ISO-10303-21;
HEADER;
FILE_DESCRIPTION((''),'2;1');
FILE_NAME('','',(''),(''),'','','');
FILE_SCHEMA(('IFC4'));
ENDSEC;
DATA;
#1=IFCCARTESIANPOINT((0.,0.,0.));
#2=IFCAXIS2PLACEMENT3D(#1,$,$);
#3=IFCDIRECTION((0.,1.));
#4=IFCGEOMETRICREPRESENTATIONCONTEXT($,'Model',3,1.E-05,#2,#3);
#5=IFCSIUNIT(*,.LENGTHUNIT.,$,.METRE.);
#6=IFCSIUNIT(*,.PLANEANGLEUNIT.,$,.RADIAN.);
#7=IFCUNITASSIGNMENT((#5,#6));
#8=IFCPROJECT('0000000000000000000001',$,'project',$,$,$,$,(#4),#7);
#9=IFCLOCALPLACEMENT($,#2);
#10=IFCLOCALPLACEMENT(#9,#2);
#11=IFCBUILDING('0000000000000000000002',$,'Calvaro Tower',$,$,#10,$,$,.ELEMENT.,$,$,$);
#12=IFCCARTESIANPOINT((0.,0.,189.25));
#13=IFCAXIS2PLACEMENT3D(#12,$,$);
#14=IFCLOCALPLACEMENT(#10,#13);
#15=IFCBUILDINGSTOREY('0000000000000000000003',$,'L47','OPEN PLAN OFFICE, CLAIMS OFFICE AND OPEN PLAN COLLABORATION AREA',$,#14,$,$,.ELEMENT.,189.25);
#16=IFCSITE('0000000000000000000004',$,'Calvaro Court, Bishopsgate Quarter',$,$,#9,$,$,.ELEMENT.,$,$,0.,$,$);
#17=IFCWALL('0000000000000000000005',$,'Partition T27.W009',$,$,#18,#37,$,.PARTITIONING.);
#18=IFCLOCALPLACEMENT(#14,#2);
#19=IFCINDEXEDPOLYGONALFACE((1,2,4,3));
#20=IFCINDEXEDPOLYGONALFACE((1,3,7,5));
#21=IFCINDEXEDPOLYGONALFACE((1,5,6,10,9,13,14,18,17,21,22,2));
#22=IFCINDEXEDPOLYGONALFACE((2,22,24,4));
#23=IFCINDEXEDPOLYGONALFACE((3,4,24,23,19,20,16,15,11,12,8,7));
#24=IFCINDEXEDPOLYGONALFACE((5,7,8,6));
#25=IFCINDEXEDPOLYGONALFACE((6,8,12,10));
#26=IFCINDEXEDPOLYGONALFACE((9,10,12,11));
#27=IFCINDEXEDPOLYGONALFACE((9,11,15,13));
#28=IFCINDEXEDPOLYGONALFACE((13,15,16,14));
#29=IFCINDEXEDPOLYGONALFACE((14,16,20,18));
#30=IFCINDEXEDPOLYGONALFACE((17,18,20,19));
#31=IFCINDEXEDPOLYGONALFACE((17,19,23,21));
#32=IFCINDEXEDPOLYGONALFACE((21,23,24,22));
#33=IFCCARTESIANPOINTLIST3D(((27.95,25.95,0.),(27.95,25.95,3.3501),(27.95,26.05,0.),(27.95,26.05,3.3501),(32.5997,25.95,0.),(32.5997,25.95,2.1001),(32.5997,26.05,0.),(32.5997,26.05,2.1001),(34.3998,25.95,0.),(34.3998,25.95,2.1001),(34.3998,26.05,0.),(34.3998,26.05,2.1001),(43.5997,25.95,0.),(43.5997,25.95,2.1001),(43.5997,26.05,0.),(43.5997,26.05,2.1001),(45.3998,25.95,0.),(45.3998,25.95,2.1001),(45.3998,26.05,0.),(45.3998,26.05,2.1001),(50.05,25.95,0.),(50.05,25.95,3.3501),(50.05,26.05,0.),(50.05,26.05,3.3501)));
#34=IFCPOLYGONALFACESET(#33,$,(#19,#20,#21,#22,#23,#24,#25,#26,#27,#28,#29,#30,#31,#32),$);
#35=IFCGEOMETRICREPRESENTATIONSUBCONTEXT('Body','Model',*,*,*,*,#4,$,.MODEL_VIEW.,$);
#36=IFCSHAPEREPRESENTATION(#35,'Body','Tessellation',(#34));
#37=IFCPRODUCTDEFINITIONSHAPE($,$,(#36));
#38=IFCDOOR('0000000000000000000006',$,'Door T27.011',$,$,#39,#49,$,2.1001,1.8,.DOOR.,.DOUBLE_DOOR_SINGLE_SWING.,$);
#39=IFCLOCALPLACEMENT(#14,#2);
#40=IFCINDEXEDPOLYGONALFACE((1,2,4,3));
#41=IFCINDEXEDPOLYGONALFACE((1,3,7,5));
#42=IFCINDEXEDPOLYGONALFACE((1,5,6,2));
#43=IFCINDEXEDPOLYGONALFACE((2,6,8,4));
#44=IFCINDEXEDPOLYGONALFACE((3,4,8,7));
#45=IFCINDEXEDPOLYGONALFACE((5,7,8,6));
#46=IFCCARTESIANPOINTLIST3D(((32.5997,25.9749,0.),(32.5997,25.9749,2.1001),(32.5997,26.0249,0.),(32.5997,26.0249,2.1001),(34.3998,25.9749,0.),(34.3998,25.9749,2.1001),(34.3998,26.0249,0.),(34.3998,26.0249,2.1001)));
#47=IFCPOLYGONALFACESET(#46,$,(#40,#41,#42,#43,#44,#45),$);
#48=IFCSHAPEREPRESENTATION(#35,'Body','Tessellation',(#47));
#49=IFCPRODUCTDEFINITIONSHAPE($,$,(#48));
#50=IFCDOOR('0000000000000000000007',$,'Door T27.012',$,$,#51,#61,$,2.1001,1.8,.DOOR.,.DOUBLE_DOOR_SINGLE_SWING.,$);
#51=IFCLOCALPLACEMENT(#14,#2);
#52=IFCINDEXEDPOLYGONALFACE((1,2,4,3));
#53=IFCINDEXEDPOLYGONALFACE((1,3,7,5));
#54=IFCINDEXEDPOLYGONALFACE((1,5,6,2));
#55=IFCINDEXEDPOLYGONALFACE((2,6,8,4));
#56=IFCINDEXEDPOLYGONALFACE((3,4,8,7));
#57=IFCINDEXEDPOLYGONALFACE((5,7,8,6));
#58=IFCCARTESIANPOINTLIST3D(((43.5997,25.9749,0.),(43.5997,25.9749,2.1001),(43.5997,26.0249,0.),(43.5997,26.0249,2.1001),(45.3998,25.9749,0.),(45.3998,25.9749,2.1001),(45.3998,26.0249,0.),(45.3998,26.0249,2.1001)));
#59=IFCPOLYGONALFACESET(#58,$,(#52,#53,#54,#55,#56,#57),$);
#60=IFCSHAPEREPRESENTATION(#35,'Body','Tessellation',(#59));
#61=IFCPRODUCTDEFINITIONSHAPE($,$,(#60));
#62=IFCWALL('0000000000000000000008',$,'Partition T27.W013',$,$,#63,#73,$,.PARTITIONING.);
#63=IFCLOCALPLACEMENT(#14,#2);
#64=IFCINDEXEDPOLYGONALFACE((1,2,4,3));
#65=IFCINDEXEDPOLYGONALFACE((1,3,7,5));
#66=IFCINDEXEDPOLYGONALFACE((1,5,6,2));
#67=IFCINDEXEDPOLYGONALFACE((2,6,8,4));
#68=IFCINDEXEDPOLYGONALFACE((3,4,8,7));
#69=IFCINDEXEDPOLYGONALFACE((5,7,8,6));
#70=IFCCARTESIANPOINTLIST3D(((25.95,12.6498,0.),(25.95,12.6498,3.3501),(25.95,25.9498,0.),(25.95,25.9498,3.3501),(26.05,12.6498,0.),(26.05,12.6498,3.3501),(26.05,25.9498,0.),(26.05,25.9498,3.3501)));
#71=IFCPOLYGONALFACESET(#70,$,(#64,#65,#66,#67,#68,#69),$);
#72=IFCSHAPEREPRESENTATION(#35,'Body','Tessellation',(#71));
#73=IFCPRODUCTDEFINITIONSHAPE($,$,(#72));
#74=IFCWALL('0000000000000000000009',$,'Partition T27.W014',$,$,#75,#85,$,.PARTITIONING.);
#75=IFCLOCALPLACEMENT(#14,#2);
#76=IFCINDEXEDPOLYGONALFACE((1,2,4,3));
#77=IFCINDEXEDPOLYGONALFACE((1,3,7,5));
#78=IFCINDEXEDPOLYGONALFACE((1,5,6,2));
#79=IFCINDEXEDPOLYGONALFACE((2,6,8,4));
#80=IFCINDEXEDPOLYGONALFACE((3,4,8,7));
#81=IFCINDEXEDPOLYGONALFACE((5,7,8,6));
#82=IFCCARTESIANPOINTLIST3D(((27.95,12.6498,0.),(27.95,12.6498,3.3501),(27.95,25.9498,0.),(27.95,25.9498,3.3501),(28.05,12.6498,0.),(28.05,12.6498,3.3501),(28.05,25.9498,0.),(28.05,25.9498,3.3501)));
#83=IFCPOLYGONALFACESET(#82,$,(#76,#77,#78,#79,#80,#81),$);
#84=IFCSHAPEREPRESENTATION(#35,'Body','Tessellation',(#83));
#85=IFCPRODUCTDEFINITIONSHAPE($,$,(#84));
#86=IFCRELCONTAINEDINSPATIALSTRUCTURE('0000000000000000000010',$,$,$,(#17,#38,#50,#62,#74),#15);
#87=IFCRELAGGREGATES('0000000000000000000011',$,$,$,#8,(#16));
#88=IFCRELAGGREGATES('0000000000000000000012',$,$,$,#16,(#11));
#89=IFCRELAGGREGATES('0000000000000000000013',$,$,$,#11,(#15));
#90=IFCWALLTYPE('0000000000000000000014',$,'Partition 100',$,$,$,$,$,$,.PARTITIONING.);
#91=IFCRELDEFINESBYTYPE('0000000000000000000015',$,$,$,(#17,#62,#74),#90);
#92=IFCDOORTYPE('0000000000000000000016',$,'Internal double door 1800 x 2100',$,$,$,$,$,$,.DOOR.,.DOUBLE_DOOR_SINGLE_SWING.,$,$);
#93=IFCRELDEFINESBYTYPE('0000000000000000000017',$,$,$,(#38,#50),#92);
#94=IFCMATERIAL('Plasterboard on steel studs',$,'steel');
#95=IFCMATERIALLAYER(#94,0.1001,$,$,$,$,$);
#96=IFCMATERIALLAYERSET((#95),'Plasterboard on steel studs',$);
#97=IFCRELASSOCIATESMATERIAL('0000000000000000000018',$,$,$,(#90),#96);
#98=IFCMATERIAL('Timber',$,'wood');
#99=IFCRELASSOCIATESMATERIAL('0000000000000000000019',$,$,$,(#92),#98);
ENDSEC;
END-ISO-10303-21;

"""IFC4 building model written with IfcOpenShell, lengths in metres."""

from ifc_helpers import new_model, si_unit, direction, frame, frame_2d, origin, place, context, subcontext, project, spatial, rectangle, extrude, material, layer, layer_set, type_object, element, fill, save


model = new_model("IFC4")

# Units and contexts
model_context = context("Model", 3, precision=1e-05, world=origin(), true_north=direction((0.0, 1.0)))
body_context = subcontext(model_context, "Body", "Model", "MODEL_VIEW")
ifc_project = project(units=[si_unit("LENGTHUNIT", "METRE"), si_unit("PLANEANGLEUNIT", "RADIAN")], contexts=[model_context])

# Site, building, storey
site_placement = place(None, origin())
site = spatial("IfcSite", under=ifc_project, at=site_placement, Name="Calvaro Court, Bishopsgate Quarter", CompositionType="ELEMENT", RefElevation=0.0)
building_placement = place(site_placement, origin())
building = spatial("IfcBuilding", under=site, at=building_placement, Name="Calvaro Tower", CompositionType="ELEMENT")
storey_placement = place(building_placement, frame((0.0, 0.0, 189.25)))
storey = spatial("IfcBuildingStorey", under=building, at=storey_placement, Name="L47", Description="OPEN PLAN OFFICE, CLAIMS OFFICE AND OPEN PLAN COLLABORATION AREA", CompositionType="ELEMENT", Elevation=189.25)

# Shared definitions
ifc_material_1 = material(Name="Plasterboard on steel studs", Category="steel")
ifc_layer_1 = layer(ifc_material_1, 0.1001)
ifc_layer_set_1 = layer_set([ifc_layer_1], Name="Plasterboard on steel studs")
wall_type_1 = type_object("IfcWallType", Name="Partition 100", PredefinedType="PARTITIONING", material=ifc_layer_set_1)

# Wall, openings, doors
wall_1_placement = place(storey_placement, frame((27.95, 26.0, 0.0), z_axis=(0.0, 0.0, 1.0), x_axis=(1.0, 0.0, 0.0)))
wall_1 = element("IfcWall", 1, at=wall_1_placement, inside=storey, type_object=wall_type_1, Name="Partition T27.W009", PredefinedType="PARTITIONING", context=body_context, shape_type="SweptSolid", body=[
    extrude(rectangle(XDim=22.1001, YDim=0.1001, at=frame_2d((11.05, 0.0))), origin(), (0.0, 0.0, 1.0), 3.3501),
])
opening_1_placement = place(wall_1_placement, frame((4.6499, 0.0, 0.0)))
opening_1 = element("IfcOpeningElement", 2, at=opening_1_placement, cuts=wall_1, PredefinedType="OPENING", context=body_context, shape_type="SweptSolid", body=[
    extrude(rectangle(XDim=1.8, YDim=2.1001, at=frame_2d((0.8999, 1.05))), frame((0.0, 0.0601, 0.0), z_axis=(0.0, -1.0, 0.0), x_axis=(1.0, 0.0, 0.0)), (0.0, 0.0, 1.0), 0.1201),
])
opening_2_placement = place(wall_1_placement, frame((15.6499, 0.0, 0.0)))
opening_2 = element("IfcOpeningElement", 3, at=opening_2_placement, cuts=wall_1, PredefinedType="OPENING", context=body_context, shape_type="SweptSolid", body=[
    extrude(rectangle(XDim=1.8, YDim=2.1001, at=frame_2d((0.8999, 1.05))), frame((0.0, 0.0601, 0.0), z_axis=(0.0, -1.0, 0.0), x_axis=(1.0, 0.0, 0.0)), (0.0, 0.0, 1.0), 0.1201),
])
ifc_material_2 = material(Name="Timber", Category="wood")
door_type_1 = type_object("IfcDoorType", Name="Internal double door 1800 x 2100", OperationType="DOUBLE_DOOR_SINGLE_SWING", PredefinedType="DOOR", material=ifc_material_2)
door_1_placement = place(opening_1_placement, origin())
door_1 = element("IfcDoor", 4, at=door_1_placement, inside=storey, type_object=door_type_1, Name="Door T27.011", OperationType="DOUBLE_DOOR_SINGLE_SWING", OverallHeight=2.1001, OverallWidth=1.8, PredefinedType="DOOR", context=body_context, shape_type="SweptSolid", body=[
    extrude(rectangle(XDim=1.8, YDim=2.1001, at=frame_2d((0.8999, 1.05))), frame((0.0, 0.0249, 0.0), z_axis=(0.0, -1.0, 0.0), x_axis=(1.0, 0.0, 0.0)), (0.0, 0.0, 1.0), 0.05),
])
fill(opening_1, door_1)
door_2_placement = place(opening_2_placement, origin())
door_2 = element("IfcDoor", 5, at=door_2_placement, inside=storey, type_object=door_type_1, Name="Door T27.012", OperationType="DOUBLE_DOOR_SINGLE_SWING", OverallHeight=2.1001, OverallWidth=1.8, PredefinedType="DOOR", context=body_context, shape_type="SweptSolid", body=[
    extrude(rectangle(XDim=1.8, YDim=2.1001, at=frame_2d((0.8999, 1.05))), frame((0.0, 0.0249, 0.0), z_axis=(0.0, -1.0, 0.0), x_axis=(1.0, 0.0, 0.0)), (0.0, 0.0, 1.0), 0.05),
])
fill(opening_2, door_2)

# Walls
for number, where, z_axis, x_axis, name in (
    (6, (26.0, 12.6499, 0.0), (0.0, 0.0, 1.0), (0.0, 1.0, 0.0), "Partition T27.W013"),
    (7, (28.0, 12.6499, 0.0), (0.0, 0.0, 1.0), (0.0, 1.0, 0.0), "Partition T27.W014"),
):
    element("IfcWall", number, at=place(storey_placement, frame(where, z_axis=z_axis, x_axis=x_axis)), inside=storey, type_object=wall_type_1, Name=name, PredefinedType="PARTITIONING", context=body_context, shape_type="SweptSolid", body=[
        extrude(rectangle(XDim=13.3, YDim=0.1001, at=frame_2d((6.6499, 0.0))), origin(), (0.0, 0.0, 1.0), 3.3501),
    ])

save(model, "model.ifc")
